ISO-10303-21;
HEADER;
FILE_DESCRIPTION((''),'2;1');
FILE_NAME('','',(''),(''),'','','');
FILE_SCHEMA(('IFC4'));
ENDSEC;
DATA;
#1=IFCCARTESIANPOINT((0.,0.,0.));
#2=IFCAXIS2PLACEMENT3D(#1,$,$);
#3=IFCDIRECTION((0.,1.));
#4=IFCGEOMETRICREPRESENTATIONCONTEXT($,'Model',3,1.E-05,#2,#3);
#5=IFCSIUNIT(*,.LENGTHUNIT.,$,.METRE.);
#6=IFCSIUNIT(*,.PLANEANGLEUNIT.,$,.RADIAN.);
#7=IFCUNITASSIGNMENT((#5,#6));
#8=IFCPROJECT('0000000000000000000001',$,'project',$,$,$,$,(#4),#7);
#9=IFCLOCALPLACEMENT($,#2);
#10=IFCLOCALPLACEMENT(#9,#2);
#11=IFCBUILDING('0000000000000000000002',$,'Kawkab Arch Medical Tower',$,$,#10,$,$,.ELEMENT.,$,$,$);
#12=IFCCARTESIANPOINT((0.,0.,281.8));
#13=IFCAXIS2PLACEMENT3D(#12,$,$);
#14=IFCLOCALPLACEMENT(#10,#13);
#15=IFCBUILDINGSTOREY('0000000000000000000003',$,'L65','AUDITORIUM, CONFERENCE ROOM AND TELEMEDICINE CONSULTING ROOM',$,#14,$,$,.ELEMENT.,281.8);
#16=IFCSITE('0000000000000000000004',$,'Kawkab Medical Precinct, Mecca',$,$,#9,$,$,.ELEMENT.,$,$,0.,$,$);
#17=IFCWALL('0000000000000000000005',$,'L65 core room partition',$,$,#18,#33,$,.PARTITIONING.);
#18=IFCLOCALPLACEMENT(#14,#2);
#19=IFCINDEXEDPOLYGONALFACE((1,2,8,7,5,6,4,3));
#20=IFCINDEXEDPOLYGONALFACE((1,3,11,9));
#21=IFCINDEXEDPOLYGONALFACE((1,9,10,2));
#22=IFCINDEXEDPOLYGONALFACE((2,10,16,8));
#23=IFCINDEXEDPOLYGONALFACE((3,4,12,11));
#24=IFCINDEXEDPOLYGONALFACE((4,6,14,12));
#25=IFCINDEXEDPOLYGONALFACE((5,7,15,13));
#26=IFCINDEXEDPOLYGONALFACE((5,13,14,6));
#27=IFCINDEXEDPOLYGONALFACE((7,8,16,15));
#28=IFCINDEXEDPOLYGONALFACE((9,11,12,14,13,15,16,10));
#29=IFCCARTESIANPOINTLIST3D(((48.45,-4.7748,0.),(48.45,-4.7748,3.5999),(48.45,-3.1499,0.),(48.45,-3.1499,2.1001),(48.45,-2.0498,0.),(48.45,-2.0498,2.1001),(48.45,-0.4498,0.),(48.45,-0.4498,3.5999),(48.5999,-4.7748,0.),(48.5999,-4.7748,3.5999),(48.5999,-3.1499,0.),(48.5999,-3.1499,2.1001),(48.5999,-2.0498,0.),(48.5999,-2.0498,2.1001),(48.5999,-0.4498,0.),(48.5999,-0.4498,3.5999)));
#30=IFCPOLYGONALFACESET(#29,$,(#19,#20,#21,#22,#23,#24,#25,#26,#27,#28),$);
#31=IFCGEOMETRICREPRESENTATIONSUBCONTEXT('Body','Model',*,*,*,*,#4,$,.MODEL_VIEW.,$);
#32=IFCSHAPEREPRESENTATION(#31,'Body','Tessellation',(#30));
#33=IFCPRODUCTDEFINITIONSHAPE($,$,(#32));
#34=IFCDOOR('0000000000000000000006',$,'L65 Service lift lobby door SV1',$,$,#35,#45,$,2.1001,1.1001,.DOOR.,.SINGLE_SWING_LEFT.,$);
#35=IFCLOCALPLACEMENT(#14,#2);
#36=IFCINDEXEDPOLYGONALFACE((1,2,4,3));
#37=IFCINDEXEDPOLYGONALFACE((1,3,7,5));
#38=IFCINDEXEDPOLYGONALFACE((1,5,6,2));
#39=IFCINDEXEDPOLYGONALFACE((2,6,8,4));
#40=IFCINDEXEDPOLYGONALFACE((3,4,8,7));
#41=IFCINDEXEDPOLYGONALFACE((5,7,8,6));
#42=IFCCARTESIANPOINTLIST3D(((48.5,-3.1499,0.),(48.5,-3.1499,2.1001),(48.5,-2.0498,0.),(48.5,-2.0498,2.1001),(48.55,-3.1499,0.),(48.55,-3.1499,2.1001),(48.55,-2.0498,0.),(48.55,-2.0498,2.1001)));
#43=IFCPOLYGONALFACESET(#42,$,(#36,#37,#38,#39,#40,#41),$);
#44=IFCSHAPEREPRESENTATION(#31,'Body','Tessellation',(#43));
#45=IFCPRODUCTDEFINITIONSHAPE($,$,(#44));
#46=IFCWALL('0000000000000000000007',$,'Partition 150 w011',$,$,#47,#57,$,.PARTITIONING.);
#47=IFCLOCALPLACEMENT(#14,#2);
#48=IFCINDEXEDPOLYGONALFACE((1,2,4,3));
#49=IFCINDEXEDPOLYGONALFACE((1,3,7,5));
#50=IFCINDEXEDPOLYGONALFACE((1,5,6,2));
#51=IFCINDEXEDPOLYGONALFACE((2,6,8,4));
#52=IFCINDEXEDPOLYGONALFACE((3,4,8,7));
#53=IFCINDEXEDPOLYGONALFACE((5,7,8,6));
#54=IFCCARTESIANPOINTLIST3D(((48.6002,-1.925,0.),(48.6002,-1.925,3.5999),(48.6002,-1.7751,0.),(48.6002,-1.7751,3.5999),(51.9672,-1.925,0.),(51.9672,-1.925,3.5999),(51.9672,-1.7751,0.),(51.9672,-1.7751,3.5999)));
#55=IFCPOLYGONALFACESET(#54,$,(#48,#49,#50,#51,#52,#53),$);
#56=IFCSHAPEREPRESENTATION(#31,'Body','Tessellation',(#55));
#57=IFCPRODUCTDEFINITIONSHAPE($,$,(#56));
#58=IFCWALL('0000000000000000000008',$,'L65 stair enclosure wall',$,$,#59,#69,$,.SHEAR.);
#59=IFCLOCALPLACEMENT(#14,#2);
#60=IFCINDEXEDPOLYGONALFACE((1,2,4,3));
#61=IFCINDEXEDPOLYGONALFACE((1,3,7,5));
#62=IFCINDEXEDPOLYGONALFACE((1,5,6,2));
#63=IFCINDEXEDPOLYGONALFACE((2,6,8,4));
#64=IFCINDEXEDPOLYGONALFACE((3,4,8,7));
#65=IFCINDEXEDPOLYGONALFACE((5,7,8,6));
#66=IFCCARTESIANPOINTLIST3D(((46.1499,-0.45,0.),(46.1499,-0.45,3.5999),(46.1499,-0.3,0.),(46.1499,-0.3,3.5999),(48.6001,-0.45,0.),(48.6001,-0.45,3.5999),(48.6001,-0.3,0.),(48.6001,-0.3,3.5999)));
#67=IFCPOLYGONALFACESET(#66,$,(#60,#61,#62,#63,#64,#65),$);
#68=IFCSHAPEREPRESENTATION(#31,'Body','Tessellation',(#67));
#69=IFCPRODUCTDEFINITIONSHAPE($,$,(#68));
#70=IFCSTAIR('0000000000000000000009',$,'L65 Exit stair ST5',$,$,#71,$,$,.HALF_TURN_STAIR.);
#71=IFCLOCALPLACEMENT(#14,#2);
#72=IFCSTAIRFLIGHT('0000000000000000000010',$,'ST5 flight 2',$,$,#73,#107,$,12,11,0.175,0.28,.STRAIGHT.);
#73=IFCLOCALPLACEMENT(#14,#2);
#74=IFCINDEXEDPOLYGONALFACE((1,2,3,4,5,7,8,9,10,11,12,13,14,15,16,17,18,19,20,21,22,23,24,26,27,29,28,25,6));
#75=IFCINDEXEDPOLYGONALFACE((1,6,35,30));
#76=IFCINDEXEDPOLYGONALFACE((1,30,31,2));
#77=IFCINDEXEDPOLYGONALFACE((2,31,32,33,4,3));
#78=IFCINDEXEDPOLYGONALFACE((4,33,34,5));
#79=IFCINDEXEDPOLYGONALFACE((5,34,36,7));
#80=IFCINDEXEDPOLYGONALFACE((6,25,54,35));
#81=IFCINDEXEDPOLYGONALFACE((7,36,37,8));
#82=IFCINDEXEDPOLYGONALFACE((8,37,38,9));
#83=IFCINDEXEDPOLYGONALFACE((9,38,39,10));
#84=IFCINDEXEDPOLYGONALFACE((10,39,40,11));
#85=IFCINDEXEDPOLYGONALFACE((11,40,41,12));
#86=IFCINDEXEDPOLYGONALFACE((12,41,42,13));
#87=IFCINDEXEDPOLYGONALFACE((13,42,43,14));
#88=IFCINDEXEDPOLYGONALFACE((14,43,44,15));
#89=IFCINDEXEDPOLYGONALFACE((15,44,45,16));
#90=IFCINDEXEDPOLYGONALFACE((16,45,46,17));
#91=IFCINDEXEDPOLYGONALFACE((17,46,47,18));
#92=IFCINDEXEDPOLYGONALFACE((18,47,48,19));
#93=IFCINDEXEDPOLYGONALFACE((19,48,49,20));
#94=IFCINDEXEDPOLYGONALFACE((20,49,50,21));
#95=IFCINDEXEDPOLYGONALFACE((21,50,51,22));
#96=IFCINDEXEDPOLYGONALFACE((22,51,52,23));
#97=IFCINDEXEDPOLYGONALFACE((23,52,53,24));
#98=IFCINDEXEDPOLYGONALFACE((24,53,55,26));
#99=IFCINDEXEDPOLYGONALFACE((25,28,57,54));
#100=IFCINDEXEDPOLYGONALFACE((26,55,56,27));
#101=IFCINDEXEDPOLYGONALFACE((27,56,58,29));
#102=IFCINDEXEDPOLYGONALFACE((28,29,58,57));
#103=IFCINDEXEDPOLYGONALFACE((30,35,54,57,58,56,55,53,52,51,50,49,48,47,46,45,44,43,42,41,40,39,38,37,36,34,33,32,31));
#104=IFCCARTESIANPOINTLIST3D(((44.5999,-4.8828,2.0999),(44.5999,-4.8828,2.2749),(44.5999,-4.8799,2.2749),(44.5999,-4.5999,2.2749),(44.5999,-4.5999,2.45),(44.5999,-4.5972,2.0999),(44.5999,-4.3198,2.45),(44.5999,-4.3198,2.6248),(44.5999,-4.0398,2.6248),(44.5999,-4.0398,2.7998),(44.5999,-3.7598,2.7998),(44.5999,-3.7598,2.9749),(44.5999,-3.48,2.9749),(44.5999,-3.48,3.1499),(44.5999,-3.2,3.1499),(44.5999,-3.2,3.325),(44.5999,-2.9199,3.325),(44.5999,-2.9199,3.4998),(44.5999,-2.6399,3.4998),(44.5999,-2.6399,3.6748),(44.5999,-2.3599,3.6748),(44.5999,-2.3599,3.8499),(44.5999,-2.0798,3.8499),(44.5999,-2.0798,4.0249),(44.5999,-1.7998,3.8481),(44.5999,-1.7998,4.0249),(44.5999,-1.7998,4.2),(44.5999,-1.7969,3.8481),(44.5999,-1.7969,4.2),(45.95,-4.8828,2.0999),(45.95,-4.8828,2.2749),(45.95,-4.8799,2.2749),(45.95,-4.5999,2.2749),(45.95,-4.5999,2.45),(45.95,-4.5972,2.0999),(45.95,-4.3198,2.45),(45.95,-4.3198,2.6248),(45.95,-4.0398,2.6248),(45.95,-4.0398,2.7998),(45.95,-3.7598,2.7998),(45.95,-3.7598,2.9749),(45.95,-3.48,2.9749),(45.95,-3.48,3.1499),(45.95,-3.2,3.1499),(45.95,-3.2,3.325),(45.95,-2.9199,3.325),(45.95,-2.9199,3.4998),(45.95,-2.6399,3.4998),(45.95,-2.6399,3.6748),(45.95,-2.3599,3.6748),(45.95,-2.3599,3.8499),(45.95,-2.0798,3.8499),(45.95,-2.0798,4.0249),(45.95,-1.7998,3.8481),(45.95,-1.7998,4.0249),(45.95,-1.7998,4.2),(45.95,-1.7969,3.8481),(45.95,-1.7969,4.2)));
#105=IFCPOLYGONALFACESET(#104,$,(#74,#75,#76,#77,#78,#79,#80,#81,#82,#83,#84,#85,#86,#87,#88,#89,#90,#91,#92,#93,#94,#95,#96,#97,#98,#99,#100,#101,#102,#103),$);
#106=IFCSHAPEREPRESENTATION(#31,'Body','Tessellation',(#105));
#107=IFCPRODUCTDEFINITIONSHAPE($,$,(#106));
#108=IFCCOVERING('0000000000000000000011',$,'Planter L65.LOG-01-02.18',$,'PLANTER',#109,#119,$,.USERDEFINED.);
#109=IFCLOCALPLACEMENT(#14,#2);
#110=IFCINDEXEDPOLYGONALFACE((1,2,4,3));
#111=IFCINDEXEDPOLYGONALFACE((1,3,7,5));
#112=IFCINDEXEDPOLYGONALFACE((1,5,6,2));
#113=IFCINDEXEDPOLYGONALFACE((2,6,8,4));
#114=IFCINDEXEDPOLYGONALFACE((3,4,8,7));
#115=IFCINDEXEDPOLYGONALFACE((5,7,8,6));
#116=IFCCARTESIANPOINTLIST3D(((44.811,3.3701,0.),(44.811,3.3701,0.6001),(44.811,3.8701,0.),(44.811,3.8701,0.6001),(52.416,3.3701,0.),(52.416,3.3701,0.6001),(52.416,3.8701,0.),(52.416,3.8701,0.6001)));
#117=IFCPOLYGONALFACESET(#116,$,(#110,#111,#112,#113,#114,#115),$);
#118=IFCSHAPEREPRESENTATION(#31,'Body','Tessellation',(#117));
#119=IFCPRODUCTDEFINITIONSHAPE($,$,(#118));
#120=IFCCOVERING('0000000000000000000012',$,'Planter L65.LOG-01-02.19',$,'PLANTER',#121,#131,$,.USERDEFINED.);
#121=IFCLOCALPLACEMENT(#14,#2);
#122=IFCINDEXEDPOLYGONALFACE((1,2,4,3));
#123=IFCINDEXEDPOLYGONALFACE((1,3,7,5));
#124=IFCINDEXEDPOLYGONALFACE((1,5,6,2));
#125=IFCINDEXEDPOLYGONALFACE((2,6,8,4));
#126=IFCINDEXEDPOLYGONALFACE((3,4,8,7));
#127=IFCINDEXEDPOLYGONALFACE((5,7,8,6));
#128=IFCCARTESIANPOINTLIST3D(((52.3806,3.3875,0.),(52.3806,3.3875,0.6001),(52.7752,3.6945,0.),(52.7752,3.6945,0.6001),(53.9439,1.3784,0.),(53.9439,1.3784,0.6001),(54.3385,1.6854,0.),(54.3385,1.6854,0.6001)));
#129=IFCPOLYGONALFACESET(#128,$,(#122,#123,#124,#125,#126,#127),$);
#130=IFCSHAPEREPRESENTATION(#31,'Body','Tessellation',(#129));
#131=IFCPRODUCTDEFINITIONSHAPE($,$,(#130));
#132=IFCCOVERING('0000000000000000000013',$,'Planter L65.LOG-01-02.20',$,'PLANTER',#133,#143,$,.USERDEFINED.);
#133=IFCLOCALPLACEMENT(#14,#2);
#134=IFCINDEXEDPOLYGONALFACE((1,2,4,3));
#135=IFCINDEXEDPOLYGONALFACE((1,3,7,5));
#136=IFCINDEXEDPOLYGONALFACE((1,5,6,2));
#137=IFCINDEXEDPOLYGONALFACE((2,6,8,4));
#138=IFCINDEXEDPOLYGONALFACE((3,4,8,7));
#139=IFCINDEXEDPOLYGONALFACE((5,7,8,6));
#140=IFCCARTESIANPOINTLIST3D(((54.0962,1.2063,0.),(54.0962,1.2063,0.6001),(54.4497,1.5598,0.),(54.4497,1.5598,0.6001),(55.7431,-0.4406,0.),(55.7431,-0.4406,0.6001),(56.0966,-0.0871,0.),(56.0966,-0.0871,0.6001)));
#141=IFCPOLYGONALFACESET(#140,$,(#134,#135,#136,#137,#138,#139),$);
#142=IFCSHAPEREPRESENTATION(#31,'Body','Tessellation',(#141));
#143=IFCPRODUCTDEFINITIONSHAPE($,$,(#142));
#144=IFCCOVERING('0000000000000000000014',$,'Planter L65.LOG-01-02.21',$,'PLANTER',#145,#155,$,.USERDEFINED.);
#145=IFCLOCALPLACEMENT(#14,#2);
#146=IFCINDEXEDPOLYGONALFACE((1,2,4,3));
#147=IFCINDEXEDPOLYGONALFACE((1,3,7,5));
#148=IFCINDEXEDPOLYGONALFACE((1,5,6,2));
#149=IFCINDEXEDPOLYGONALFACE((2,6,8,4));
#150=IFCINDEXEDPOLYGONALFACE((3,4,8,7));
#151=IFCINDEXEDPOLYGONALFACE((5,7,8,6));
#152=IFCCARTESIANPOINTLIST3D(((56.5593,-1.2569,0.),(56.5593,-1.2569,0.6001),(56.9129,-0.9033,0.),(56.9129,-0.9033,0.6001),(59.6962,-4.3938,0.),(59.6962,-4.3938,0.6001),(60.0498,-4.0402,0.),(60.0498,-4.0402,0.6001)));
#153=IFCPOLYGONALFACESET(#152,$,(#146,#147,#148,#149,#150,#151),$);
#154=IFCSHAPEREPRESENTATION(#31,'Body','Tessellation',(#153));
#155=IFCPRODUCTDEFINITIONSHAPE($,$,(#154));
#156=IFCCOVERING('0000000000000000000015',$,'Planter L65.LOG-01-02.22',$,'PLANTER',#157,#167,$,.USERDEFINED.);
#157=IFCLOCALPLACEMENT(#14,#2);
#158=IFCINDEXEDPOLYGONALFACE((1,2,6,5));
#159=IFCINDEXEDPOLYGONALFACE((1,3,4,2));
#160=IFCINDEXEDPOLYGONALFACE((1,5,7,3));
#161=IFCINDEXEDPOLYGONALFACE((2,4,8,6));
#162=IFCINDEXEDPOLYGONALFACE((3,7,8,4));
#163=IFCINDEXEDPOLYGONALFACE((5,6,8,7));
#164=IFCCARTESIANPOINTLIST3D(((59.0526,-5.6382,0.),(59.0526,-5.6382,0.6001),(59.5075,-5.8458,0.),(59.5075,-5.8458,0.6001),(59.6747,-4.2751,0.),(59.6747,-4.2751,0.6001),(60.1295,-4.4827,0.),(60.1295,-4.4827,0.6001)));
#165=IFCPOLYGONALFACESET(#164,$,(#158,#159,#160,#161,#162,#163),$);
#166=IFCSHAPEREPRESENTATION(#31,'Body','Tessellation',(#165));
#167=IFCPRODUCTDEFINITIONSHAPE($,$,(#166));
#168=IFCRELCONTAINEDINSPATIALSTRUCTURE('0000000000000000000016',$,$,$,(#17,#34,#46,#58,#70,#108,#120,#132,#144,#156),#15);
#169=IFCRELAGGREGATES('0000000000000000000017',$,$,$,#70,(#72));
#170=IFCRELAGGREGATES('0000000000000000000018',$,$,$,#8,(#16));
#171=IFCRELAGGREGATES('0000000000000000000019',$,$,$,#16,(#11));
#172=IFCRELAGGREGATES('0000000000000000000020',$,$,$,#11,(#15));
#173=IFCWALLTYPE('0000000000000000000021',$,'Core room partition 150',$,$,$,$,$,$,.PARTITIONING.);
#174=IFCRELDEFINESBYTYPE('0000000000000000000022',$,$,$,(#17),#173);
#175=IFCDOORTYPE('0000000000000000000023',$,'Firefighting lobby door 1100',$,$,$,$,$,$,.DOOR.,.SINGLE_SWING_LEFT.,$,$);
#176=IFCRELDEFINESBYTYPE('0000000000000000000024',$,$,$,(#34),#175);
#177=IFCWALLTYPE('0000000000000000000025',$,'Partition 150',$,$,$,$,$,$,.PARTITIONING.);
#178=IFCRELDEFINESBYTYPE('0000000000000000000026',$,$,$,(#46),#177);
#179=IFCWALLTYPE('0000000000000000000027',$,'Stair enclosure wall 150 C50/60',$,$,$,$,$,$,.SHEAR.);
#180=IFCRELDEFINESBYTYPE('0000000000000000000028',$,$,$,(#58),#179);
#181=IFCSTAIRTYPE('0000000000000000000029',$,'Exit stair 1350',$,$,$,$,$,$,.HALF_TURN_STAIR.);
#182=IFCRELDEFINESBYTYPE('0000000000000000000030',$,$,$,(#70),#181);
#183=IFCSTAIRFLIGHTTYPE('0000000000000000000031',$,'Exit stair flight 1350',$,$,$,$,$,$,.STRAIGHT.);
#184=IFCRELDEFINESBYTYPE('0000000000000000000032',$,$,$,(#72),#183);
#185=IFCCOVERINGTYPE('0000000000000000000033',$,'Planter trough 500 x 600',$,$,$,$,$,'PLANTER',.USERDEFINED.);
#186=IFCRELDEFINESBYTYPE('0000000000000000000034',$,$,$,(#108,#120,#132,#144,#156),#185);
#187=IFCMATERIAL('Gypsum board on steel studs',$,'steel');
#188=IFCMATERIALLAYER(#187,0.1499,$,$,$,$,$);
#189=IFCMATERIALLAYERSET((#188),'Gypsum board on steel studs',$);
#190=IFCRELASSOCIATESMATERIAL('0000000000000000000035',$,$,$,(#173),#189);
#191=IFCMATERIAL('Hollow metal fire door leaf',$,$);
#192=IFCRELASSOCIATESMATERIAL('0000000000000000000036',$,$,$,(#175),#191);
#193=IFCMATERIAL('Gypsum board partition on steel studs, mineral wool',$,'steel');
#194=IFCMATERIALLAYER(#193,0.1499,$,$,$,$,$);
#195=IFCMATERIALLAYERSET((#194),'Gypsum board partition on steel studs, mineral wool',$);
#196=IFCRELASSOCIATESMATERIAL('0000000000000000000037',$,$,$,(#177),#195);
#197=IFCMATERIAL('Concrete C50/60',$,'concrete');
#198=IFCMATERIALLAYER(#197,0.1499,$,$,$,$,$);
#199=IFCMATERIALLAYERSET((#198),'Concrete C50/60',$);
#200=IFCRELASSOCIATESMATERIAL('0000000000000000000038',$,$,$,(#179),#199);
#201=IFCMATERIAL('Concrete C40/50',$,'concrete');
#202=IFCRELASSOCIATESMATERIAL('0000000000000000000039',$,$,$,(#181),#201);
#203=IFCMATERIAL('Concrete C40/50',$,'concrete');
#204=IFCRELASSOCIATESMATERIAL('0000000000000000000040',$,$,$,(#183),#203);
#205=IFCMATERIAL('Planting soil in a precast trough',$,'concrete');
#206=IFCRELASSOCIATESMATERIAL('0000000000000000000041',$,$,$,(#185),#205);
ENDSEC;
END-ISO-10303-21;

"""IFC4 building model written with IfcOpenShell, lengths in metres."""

from ifc_helpers import new_model, si_unit, direction, frame, frame_2d, origin, origin_2d, place, context, subcontext, project, spatial, polyline, rectangle, outline, extrude, material, layer, layer_set, material_profile, profile_set, type_object, element, fill, aggregate, save


model = new_model("IFC4")

# Units and contexts
model_context = context("Model", 3, precision=1e-05, world=origin(), true_north=direction((0.0, 1.0)))
body_context = subcontext(model_context, "Body", "Model", "MODEL_VIEW")
ifc_project = project(units=[si_unit("LENGTHUNIT", "METRE"), si_unit("PLANEANGLEUNIT", "RADIAN")], contexts=[model_context])

# Site, building, storey
site_placement = place(None, origin())
site = spatial("IfcSite", under=ifc_project, at=site_placement, Name="Kawkab Medical Precinct, Mecca", CompositionType="ELEMENT", RefElevation=0.0)
building_placement = place(site_placement, origin())
building = spatial("IfcBuilding", under=site, at=building_placement, Name="Kawkab Arch Medical Tower", CompositionType="ELEMENT")
storey_placement = place(building_placement, frame((0.0, 0.0, 281.8)))
storey = spatial("IfcBuildingStorey", under=building, at=storey_placement, Name="L65", Description="AUDITORIUM, CONFERENCE ROOM AND TELEMEDICINE CONSULTING ROOM", CompositionType="ELEMENT", Elevation=281.8)

# Shared definitions
placement = place(storey_placement, origin())

# Wall, opening, door
ifc_material_1 = material(Name="Gypsum board on steel studs", Category="steel")
ifc_layer_1 = layer(ifc_material_1, 0.1499)
ifc_layer_set_1 = layer_set([ifc_layer_1], Name="Gypsum board on steel studs")
wall_type_1 = type_object("IfcWallType", Name="Core room partition 150", PredefinedType="PARTITIONING", material=ifc_layer_set_1)
wall_1_placement = place(storey_placement, frame((48.5249, -4.7749, 0.0), z_axis=(0.0, 0.0, 1.0), x_axis=(0.0, 1.0, 0.0)))
wall_1 = element("IfcWall", 1, at=wall_1_placement, inside=storey, type_object=wall_type_1, Name="L65 core room partition", PredefinedType="PARTITIONING", context=body_context, shape_type="SweptSolid", body=[
    extrude(rectangle(XDim=4.325, YDim=0.1499, at=frame_2d((2.1626, 0.0))), origin(), (0.0, 0.0, 1.0), 3.5999),
])
opening_placement = place(wall_1_placement, frame((1.625, 0.0, 0.0)))
opening = element("IfcOpeningElement", 2, at=opening_placement, cuts=wall_1, PredefinedType="OPENING", context=body_context, shape_type="SweptSolid", body=[
    extrude(rectangle(XDim=1.1001, YDim=2.1001, at=frame_2d((0.55, 1.05))), frame((0.0, 0.085, 0.0), z_axis=(0.0, -1.0, 0.0), x_axis=(1.0, 0.0, 0.0)), (0.0, 0.0, 1.0), 0.1699),
])
ifc_material_2 = material(Name="Hollow metal fire door leaf")
door_type = type_object("IfcDoorType", Name="Firefighting lobby door 1100", OperationType="SINGLE_SWING_LEFT", PredefinedType="DOOR", material=ifc_material_2)
door_placement = place(opening_placement, origin())
door = element("IfcDoor", 3, at=door_placement, inside=storey, type_object=door_type, Name="L65 Service lift lobby door SV1", OperationType="SINGLE_SWING_LEFT", OverallHeight=2.1001, OverallWidth=1.1001, PredefinedType="DOOR", context=body_context, shape_type="SweptSolid", body=[
    extrude(rectangle(XDim=1.1001, YDim=2.1001, at=frame_2d((0.55, 1.05))), frame((0.0, 0.0249, 0.0), z_axis=(0.0, -1.0, 0.0), x_axis=(1.0, 0.0, 0.0)), (0.0, 0.0, 1.0), 0.05),
])
fill(opening, door)

# Walls
ifc_material_3 = material(Name="Gypsum board partition on steel studs, mineral wool", Category="steel")
ifc_layer_2 = layer(ifc_material_3, 0.1499)
ifc_layer_set_2 = layer_set([ifc_layer_2], Name="Gypsum board partition on steel studs, mineral wool")
wall_type_2 = type_object("IfcWallType", Name="Partition 150", PredefinedType="PARTITIONING", material=ifc_layer_set_2)
wall_2_placement = place(storey_placement, frame((48.6001, -1.8501, 0.0), z_axis=(0.0, 0.0, 1.0), x_axis=(1.0, 0.0, 0.0)))
element("IfcWall", 4, at=wall_2_placement, inside=storey, type_object=wall_type_2, Name="Partition 150 w011", PredefinedType="PARTITIONING", context=body_context, shape_type="SweptSolid", body=[
    extrude(rectangle(XDim=3.3669, YDim=0.1499, at=frame_2d((1.6836, 0.0))), origin(), (0.0, 0.0, 1.0), 3.5999),
])
ifc_material_4 = material(Name="Concrete C50/60", Category="concrete")
ifc_layer_3 = layer(ifc_material_4, 0.1499)
ifc_layer_set_3 = layer_set([ifc_layer_3], Name="Concrete C50/60")
wall_type_3 = type_object("IfcWallType", Name="Stair enclosure wall 150 C50/60", PredefinedType="SHEAR", material=ifc_layer_set_3)
wall_3_placement = place(storey_placement, frame((46.1499, -0.375, 0.0), z_axis=(0.0, 0.0, 1.0), x_axis=(1.0, 0.0, 0.0)))
element("IfcWall", 5, at=wall_3_placement, inside=storey, type_object=wall_type_3, Name="L65 stair enclosure wall", PredefinedType="SHEAR", context=body_context, shape_type="SweptSolid", body=[
    extrude(rectangle(XDim=2.4502, YDim=0.1499, at=frame_2d((1.2251, 0.0))), origin(), (0.0, 0.0, 1.0), 3.5999),
])

# Stair, stair flight
ifc_material_5 = material(Name="Concrete C40/50", Category="concrete")
stair_type = type_object("IfcStairType", Name="Exit stair 1350", PredefinedType="HALF_TURN_STAIR", material=ifc_material_5)
stair = element("IfcStair", 6, at=placement, inside=storey, type_object=stair_type, Name="L65 Exit stair ST5", PredefinedType="HALF_TURN_STAIR")
ifc_material_6 = material(Name="Concrete C40/50", Category="concrete")
stair_flight_type = type_object("IfcStairFlightType", Name="Exit stair flight 1350", PredefinedType="STRAIGHT", material=ifc_material_6)
stair_flight_placement = place(storey_placement, frame((45.2749, -4.8799, 2.0999), z_axis=(0.0, 0.0, 1.0), x_axis=(0.0, 1.0, 0.0)))
stair_flight = element("IfcStairFlight", 7, at=stair_flight_placement, type_object=stair_flight_type, Name="ST5 flight 2", NumberOfRisers=12, NumberOfTreads=11, PredefinedType="STRAIGHT", RiserHeight=0.175, TreadLength=0.28, context=body_context, shape_type="SweptSolid", body=[
    extrude(outline(polyline([(-0.0029, 0.0), (-0.0029, 0.175), (0.0, 0.175), (0.28, 0.175), (0.28, 0.3501), (0.5601, 0.3501), (0.5601, 0.5249), (0.8401, 0.5249), (0.8401, 0.7), (1.1201, 0.7), (1.1201, 0.875), (1.3999, 0.875), (1.3999, 1.05), (1.6799, 1.05), (1.6799, 1.2251), (1.96, 1.2251), (1.96, 1.3999), (2.24, 1.3999), (2.24, 1.575), (2.52, 1.575), (2.52, 1.75), (2.8, 1.75), (2.8, 1.925), (3.0801, 1.925), (3.0801, 2.1001), (3.083, 2.1001), (3.083, 1.7483), (3.0801, 1.7483), (0.2827, 0.0), (-0.0029, 0.0)])), frame((0.0, 0.675, 0.0), z_axis=(0.0, -1.0, 0.0), x_axis=(1.0, 0.0, 0.0)), (0.0, 0.0, 1.0), 1.3501),
])
aggregate(stair, [stair_flight])

# Coverings
ifc_material_7 = material(Name="Planting soil in a precast trough", Category="concrete")
ifc_material_profile_1 = material_profile(ifc_material_7, rectangle(XDim=0.5, YDim=0.6001, at=origin_2d()), Name="Trough 500x600")
ifc_profile_set_1 = profile_set([ifc_material_profile_1], Name="Planting soil in a precast trough")
covering_type = type_object("IfcCoveringType", Name="Planter trough 500 x 600", ElementType="PLANTER", PredefinedType="USERDEFINED", material=ifc_profile_set_1)
covering_1_placement = place(storey_placement, frame((44.811, 3.6201, 0.3), z_axis=(1.0, 0.0, 0.0), x_axis=(0.0, 1.0, 0.0)))
element("IfcCovering", 8, at=covering_1_placement, inside=storey, type_object=covering_type, Name="Planter L65.LOG-01-02.18", ObjectType="PLANTER", PredefinedType="USERDEFINED", context=body_context, shape_type="SweptSolid", body=[
    extrude(rectangle(XDim=0.5, YDim=0.6001, at=origin_2d()), origin(), (0.0, 0.0, 1.0), 7.605),
])
covering_2_placement = place(storey_placement, frame((52.5779, 3.541, 0.3), z_axis=(0.6141, -0.789228, 0.0), x_axis=(0.789228, 0.6141, 0.0)))
element("IfcCovering", 9, at=covering_2_placement, inside=storey, type_object=covering_type, Name="Planter L65.LOG-01-02.19", ObjectType="PLANTER", PredefinedType="USERDEFINED", context=body_context, shape_type="SweptSolid", body=[
    extrude(rectangle(XDim=0.5, YDim=0.6001, at=origin_2d()), origin(), (0.0, 0.0, 1.0), 2.5457),
])
covering_3_placement = place(storey_placement, frame((54.2729, 1.3831, 0.3), z_axis=(0.707107, -0.707107, 0.0), x_axis=(0.707107, 0.707107, 0.0)))
element("IfcCovering", 10, at=covering_3_placement, inside=storey, type_object=covering_type, Name="Planter L65.LOG-01-02.20", ObjectType="PLANTER", PredefinedType="USERDEFINED", context=body_context, shape_type="SweptSolid", body=[
    extrude(rectangle(XDim=0.5, YDim=0.6001, at=origin_2d()), origin(), (0.0, 0.0, 1.0), 2.3291),
])
covering_4_placement = place(storey_placement, frame((56.7361, -1.0801, 0.3), z_axis=(0.707107, -0.707107, 0.0), x_axis=(0.707107, 0.707107, 0.0)))
element("IfcCovering", 11, at=covering_4_placement, inside=storey, type_object=covering_type, Name="Planter L65.LOG-01-02.21", ObjectType="PLANTER", PredefinedType="USERDEFINED", context=body_context, shape_type="SweptSolid", body=[
    extrude(rectangle(XDim=0.5, YDim=0.6001, at=origin_2d()), origin(), (0.0, 0.0, 1.0), 4.4363),
])
covering_5_placement = place(storey_placement, frame((59.9021, -4.3789, 0.3), z_axis=(-0.41519, -0.909735, 0.0), x_axis=(0.909735, -0.41519, 0.0)))
element("IfcCovering", 12, at=covering_5_placement, inside=storey, type_object=covering_type, Name="Planter L65.LOG-01-02.22", ObjectType="PLANTER", PredefinedType="USERDEFINED", context=body_context, shape_type="SweptSolid", body=[
    extrude(rectangle(XDim=0.5, YDim=0.6001, at=origin_2d()), origin(), (0.0, 0.0, 1.0), 1.4983),
])

save(model, "model.ifc")
